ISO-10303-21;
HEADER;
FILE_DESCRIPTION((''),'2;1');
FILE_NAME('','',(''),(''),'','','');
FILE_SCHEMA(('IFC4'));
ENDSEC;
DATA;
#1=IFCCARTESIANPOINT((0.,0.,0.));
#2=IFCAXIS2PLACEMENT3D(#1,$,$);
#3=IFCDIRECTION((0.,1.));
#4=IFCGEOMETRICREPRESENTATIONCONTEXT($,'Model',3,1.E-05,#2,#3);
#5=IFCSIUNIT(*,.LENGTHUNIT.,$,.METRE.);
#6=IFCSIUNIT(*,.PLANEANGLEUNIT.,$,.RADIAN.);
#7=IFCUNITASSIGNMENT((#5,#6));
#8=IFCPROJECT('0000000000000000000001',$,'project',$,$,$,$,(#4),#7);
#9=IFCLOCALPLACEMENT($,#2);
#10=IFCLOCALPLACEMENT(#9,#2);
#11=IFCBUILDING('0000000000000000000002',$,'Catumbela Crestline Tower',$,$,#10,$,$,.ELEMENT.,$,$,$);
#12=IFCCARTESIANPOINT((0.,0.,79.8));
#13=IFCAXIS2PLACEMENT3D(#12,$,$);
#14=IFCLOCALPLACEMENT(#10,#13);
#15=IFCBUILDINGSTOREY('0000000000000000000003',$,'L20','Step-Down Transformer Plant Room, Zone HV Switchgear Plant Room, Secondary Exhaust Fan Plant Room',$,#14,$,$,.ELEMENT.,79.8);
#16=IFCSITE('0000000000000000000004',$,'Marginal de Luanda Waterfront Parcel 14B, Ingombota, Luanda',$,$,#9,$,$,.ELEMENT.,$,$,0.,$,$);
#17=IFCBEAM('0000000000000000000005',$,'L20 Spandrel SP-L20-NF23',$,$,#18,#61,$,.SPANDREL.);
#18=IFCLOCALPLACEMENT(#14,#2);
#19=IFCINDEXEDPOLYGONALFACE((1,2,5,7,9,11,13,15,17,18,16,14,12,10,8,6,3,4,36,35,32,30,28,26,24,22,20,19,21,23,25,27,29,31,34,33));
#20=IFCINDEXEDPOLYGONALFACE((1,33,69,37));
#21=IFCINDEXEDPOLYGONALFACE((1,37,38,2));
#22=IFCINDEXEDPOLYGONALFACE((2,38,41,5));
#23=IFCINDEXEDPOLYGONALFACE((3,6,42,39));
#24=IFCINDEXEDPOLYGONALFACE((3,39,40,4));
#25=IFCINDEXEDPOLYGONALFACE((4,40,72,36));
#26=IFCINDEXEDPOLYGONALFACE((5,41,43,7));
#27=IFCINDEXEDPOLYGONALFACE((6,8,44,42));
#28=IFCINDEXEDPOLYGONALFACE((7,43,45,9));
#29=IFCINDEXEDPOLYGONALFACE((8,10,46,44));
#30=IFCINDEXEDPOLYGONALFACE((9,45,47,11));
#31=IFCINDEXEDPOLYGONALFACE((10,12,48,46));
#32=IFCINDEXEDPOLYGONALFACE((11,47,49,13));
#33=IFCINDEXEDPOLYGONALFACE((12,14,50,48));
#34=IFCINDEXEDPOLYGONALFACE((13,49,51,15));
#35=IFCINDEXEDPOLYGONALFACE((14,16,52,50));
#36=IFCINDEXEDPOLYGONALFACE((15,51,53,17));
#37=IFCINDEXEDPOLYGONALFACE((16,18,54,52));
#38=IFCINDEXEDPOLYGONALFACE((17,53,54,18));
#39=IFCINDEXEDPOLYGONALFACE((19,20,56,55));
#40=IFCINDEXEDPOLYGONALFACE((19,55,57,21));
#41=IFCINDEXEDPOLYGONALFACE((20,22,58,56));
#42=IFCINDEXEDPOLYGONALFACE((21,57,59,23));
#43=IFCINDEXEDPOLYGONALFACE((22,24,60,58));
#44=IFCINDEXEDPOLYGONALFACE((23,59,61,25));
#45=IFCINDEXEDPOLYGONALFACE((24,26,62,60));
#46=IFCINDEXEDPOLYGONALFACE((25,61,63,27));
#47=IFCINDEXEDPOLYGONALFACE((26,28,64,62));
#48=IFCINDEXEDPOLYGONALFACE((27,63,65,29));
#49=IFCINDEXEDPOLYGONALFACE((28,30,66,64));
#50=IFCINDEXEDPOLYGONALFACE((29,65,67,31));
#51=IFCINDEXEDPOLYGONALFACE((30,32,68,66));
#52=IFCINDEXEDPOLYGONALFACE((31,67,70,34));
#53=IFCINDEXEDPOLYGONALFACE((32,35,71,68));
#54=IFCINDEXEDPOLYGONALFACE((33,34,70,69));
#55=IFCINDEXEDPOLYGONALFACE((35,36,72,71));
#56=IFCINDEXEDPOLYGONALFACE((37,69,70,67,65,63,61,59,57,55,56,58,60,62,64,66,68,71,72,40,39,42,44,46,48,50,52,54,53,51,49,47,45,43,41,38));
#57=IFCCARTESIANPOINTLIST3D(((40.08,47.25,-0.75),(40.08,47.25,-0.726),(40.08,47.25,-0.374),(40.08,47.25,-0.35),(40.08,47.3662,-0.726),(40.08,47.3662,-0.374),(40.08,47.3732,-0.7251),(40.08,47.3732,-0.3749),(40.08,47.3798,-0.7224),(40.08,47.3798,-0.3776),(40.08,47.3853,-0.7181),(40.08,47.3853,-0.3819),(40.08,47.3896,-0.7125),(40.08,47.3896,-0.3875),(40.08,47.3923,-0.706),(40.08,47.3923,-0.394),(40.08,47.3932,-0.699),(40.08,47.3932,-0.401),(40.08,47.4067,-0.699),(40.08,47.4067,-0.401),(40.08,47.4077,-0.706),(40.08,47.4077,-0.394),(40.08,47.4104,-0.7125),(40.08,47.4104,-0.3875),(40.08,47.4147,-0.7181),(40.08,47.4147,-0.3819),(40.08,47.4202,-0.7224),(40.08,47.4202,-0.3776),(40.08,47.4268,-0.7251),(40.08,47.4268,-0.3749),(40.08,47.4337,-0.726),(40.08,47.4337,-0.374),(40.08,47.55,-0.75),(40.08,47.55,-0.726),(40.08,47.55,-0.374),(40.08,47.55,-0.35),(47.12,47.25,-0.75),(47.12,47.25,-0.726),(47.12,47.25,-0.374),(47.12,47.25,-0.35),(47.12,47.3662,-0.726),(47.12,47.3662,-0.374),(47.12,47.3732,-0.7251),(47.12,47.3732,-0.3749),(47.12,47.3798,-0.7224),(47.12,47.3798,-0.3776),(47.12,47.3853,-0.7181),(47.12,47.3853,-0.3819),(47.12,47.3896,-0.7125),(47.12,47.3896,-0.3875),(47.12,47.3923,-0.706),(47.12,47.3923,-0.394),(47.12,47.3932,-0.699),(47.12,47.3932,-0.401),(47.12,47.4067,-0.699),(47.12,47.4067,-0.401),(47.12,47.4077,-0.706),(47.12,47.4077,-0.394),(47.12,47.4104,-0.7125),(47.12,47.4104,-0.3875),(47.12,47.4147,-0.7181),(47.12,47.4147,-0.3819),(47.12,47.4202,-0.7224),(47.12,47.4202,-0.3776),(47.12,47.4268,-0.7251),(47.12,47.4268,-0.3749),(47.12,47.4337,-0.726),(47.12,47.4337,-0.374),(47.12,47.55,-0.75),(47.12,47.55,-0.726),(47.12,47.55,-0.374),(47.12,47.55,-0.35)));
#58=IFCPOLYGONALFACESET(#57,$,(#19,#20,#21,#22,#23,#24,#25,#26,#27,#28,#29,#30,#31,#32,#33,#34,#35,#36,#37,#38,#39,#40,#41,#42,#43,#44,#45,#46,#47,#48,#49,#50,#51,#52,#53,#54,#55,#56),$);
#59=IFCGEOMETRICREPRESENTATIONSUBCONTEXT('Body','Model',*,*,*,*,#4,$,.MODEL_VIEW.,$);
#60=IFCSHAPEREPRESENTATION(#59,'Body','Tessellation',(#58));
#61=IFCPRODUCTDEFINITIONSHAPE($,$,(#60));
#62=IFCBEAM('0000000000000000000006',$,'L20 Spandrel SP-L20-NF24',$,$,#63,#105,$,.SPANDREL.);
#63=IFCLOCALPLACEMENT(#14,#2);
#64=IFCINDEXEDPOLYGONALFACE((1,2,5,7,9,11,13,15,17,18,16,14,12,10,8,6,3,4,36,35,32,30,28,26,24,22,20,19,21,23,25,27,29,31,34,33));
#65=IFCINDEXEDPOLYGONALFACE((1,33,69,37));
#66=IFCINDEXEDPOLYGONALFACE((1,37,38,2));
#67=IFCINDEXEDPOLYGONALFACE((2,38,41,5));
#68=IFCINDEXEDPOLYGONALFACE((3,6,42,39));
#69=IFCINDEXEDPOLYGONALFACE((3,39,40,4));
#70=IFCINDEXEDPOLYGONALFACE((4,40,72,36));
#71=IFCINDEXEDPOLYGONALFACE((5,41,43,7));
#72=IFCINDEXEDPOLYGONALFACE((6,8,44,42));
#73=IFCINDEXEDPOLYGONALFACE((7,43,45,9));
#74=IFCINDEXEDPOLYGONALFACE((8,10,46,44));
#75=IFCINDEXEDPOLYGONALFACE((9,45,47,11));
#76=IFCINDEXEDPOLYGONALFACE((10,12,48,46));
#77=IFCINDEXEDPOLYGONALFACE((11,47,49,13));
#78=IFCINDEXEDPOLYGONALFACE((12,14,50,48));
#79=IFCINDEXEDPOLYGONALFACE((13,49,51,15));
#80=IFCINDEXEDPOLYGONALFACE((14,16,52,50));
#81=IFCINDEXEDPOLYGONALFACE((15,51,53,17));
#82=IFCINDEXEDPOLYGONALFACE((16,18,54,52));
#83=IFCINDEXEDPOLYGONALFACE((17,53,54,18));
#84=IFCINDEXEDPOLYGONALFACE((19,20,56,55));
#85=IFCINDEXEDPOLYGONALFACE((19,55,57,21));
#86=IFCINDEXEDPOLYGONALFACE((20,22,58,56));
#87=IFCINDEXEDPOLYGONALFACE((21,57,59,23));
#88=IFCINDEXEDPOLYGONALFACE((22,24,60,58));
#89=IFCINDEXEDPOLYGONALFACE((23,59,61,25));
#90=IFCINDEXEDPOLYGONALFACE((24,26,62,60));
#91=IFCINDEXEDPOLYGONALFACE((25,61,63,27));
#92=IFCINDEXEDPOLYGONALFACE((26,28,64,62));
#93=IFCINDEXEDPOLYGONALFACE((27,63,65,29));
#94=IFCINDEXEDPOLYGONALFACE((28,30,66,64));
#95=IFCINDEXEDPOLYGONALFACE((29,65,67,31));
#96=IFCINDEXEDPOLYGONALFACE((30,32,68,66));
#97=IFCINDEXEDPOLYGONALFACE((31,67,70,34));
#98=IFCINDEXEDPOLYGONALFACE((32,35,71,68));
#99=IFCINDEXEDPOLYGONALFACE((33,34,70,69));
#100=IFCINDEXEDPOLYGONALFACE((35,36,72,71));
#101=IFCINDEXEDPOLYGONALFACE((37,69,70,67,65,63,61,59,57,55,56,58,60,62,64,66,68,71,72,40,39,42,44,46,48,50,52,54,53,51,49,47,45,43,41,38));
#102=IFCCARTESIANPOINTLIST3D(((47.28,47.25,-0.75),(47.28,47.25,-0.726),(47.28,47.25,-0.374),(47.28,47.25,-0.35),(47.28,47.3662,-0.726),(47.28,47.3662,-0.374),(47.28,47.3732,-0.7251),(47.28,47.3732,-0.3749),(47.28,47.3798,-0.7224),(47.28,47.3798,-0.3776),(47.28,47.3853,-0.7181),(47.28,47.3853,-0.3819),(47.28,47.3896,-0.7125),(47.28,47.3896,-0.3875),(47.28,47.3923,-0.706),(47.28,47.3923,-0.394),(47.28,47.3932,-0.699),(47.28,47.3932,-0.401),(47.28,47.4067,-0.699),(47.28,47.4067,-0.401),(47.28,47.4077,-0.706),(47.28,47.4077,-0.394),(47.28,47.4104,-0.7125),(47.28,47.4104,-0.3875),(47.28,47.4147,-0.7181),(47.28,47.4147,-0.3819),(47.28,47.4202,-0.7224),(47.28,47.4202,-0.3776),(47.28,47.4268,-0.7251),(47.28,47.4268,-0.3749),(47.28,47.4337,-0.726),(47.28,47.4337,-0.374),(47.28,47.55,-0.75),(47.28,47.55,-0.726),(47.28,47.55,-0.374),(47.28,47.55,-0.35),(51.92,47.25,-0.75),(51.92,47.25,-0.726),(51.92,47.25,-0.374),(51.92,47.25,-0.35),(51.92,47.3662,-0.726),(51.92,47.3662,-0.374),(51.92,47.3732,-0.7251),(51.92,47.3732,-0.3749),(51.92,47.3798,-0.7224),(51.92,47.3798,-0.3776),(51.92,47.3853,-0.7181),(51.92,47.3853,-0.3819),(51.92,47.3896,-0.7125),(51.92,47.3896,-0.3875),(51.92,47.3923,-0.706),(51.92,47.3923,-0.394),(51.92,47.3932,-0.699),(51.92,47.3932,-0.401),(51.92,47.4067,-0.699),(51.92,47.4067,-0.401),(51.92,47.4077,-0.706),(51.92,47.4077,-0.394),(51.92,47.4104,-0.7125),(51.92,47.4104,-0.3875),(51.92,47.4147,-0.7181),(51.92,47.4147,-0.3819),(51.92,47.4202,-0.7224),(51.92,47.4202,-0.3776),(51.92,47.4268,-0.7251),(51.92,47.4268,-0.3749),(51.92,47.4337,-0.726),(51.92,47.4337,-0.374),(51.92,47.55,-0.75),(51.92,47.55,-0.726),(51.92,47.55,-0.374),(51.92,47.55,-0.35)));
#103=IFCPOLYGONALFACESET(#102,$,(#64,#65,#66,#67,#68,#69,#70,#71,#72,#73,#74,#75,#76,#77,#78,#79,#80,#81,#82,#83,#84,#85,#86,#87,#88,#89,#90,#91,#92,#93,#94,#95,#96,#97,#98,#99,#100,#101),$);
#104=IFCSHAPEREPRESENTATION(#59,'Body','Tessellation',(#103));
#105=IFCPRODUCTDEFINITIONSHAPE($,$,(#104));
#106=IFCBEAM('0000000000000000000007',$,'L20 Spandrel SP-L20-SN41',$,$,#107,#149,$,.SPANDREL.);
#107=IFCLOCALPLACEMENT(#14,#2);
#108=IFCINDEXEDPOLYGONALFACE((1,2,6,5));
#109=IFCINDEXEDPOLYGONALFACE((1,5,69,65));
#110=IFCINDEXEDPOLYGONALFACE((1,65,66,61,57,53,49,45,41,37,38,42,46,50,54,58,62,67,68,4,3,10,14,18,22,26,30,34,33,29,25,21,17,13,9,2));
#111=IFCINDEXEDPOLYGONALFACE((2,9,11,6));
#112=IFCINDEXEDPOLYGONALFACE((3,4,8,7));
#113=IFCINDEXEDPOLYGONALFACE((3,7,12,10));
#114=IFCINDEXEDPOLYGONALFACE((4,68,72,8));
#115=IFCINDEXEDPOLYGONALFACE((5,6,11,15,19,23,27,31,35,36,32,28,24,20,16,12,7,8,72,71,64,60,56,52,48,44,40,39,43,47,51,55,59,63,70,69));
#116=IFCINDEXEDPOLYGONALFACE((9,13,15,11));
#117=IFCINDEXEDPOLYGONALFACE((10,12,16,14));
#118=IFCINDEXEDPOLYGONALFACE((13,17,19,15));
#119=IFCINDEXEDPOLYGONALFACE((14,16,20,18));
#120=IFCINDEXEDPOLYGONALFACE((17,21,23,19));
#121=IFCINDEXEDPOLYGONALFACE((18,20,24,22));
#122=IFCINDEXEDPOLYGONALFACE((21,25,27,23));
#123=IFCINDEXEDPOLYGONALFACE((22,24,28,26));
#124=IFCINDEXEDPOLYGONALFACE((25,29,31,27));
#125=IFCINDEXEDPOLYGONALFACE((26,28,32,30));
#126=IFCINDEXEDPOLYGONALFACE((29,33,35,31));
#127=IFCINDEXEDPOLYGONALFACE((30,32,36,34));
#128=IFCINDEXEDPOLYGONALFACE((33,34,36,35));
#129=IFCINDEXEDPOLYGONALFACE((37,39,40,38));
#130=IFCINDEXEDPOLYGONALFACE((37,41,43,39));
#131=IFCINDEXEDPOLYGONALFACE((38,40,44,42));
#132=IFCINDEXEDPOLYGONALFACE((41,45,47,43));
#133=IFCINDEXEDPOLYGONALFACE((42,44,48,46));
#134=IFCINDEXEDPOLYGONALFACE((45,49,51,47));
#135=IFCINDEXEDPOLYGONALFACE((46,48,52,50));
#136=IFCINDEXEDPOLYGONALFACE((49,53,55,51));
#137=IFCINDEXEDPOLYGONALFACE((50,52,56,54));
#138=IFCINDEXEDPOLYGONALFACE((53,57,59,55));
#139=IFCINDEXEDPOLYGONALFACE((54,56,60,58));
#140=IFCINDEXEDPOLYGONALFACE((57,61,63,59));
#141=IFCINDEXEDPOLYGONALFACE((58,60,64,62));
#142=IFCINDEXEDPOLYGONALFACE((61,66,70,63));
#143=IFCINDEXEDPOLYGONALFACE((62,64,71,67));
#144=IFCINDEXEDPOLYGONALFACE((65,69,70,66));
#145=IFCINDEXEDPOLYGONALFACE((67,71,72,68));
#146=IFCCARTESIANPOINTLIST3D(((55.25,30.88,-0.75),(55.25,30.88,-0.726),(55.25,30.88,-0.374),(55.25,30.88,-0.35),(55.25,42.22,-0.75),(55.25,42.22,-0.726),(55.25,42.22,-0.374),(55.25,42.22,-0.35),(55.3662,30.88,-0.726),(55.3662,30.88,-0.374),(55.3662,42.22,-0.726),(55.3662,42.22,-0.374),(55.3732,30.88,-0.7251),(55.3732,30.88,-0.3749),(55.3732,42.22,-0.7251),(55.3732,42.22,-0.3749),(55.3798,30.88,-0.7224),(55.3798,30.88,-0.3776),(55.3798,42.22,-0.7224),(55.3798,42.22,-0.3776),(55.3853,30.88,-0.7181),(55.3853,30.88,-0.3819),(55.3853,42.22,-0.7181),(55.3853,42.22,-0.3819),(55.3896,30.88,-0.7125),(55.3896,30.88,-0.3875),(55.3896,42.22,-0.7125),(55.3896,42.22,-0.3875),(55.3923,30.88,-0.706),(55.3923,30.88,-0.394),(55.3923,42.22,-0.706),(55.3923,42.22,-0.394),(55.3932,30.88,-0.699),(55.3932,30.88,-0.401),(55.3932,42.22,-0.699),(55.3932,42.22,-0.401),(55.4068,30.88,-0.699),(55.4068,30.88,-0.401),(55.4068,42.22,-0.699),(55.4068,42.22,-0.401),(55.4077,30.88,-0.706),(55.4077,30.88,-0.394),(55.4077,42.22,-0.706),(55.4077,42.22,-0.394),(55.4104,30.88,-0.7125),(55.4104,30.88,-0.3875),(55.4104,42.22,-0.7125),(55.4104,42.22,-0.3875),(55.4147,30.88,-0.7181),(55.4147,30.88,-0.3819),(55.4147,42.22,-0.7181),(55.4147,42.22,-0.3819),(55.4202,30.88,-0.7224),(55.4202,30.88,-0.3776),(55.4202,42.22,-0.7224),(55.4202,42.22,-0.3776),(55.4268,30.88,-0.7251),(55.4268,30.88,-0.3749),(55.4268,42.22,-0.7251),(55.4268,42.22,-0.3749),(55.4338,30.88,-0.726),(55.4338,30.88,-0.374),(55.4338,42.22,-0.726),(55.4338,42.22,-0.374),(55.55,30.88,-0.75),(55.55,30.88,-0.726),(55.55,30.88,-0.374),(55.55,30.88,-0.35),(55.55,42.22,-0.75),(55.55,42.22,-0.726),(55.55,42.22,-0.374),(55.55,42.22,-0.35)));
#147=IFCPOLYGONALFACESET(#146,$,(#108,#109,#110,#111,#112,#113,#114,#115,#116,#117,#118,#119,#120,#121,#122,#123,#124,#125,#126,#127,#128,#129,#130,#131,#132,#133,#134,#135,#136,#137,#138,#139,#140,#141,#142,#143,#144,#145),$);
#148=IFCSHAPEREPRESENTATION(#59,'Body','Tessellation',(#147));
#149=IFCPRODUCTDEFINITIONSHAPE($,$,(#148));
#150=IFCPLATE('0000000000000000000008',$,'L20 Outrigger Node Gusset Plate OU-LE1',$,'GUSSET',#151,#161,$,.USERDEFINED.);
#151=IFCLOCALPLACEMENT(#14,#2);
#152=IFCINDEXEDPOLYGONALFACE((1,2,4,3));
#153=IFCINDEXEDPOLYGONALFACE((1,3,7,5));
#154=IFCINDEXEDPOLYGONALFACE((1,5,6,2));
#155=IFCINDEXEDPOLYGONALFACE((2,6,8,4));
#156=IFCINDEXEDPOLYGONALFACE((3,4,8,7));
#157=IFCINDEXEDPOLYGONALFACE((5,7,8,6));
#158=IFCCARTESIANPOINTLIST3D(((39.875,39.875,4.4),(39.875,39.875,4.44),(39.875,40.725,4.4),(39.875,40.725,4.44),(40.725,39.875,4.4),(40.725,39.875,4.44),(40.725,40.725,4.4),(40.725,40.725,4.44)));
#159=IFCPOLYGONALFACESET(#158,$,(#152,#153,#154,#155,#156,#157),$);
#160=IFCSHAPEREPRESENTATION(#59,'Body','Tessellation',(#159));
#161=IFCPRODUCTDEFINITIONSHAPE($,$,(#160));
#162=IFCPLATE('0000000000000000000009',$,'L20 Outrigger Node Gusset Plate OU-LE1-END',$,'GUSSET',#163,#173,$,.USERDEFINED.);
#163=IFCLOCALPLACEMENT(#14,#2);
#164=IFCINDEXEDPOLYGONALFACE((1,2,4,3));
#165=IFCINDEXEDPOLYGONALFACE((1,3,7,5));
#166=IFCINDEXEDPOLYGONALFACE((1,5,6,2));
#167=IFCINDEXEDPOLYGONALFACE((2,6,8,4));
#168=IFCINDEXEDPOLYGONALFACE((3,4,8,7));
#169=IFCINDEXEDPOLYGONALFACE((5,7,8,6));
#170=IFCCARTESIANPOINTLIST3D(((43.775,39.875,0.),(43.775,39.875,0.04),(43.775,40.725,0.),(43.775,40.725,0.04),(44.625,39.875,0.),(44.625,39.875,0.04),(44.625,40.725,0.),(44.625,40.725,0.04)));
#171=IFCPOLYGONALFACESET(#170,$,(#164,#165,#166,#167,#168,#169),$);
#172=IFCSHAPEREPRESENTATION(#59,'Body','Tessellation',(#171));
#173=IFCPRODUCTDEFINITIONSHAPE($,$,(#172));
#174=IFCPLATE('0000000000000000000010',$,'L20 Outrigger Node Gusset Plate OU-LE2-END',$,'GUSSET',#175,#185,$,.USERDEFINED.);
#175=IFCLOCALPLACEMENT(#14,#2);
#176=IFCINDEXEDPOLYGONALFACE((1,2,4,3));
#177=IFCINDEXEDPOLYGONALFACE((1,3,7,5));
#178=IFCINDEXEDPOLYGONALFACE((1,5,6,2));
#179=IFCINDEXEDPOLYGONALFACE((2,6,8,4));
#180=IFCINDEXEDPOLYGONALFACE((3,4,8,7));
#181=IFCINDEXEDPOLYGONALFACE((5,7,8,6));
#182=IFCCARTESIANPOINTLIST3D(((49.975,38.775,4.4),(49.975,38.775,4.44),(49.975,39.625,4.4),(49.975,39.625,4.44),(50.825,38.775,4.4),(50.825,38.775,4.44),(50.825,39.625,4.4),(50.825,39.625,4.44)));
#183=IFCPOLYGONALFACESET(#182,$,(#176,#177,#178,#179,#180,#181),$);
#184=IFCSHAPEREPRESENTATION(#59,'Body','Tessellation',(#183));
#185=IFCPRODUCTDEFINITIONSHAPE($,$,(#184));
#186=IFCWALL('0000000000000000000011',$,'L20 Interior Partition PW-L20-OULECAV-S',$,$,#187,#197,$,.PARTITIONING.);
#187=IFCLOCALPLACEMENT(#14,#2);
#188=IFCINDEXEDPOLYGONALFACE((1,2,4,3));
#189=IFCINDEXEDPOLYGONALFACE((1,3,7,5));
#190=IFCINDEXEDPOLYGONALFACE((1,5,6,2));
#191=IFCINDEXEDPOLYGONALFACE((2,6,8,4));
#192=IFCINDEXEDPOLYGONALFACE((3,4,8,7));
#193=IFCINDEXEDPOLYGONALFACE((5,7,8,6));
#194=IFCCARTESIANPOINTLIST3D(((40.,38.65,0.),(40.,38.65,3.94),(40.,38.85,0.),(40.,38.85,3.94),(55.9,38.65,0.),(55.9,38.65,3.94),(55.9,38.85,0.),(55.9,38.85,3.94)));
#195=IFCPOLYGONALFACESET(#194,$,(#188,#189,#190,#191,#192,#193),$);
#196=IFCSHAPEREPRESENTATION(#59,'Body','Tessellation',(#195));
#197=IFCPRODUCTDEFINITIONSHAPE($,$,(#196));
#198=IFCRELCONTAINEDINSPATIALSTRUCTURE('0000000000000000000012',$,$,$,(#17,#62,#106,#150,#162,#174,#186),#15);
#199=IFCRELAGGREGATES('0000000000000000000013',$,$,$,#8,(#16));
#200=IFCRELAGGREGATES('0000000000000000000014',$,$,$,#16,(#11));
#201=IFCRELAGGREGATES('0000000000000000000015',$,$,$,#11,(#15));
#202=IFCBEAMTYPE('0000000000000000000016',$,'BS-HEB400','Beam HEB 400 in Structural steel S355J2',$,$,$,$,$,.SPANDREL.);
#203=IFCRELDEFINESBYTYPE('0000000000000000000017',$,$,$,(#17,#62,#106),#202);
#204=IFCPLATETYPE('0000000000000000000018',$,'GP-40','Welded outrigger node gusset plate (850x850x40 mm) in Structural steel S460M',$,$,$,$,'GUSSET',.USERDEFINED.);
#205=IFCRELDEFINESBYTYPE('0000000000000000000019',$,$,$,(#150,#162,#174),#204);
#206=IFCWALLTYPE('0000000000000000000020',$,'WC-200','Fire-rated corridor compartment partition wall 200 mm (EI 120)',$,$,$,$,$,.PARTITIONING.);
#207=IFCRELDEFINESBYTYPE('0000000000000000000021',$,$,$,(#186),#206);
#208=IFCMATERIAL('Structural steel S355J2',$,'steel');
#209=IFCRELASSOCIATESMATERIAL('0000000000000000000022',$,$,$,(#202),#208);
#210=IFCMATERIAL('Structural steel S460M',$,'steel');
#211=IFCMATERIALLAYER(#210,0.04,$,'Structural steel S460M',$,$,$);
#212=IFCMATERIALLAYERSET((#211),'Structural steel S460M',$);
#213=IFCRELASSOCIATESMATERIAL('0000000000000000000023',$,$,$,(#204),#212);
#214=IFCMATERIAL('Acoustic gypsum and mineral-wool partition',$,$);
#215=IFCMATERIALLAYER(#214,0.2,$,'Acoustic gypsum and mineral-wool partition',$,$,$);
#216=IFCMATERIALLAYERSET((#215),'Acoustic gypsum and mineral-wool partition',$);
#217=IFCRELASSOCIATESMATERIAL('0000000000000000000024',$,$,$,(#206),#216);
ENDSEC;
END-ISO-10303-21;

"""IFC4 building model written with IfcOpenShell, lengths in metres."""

from ifc_helpers import new_model, si_unit, direction, frame, frame_2d, origin, origin_2d, place, context, subcontext, project, spatial, rectangle, i_section, extrude, material, layer, layer_set, material_profile, profile_set, type_object, element, save


model = new_model("IFC4")

# Units and contexts
model_context = context("Model", 3, precision=1e-05, world=origin(), true_north=direction((0.0, 1.0)))
body_context = subcontext(model_context, "Body", "Model", "MODEL_VIEW")
ifc_project = project(units=[si_unit("LENGTHUNIT", "METRE"), si_unit("PLANEANGLEUNIT", "RADIAN")], contexts=[model_context])

# Site, building, storey
site_placement = place(None, origin())
site = spatial("IfcSite", under=ifc_project, at=site_placement, Name="Marginal de Luanda Waterfront Parcel 14B, Ingombota, Luanda", CompositionType="ELEMENT", RefElevation=0.0)
building_placement = place(site_placement, origin())
building = spatial("IfcBuilding", under=site, at=building_placement, Name="Catumbela Crestline Tower", CompositionType="ELEMENT")
storey_placement = place(building_placement, frame((0.0, 0.0, 79.8)))
storey = spatial("IfcBuildingStorey", under=building, at=storey_placement, Name="L20", Description="Step-Down Transformer Plant Room, Zone HV Switchgear Plant Room, Secondary Exhaust Fan Plant Room", CompositionType="ELEMENT", Elevation=79.8)

# Shared definitions
ifc_material_1 = material(Name="Structural steel S460M", Category="steel")

# Shared definitions
ifc_material_2 = material(Name="Structural steel S355J2", Category="steel")

# Beams
ifc_material_profile_1 = material_profile(ifc_material_2, i_section(OverallWidth=0.3, OverallDepth=0.4, WebThickness=0.0135, FlangeThickness=0.024, FilletRadius=0.027, at=origin_2d()), Name="HEB 400")
ifc_profile_set_1 = profile_set([ifc_material_profile_1], Name="Structural steel S355J2")
beam_type_1 = type_object("IfcBeamType", Name="BS-HEB400", Description="Beam HEB 400 in Structural steel S355J2", PredefinedType="SPANDREL", material=ifc_profile_set_1)
beam_1_placement = place(storey_placement, frame((40.08, 47.4, -0.55), z_axis=(1.0, 0.0, 0.0), x_axis=(0.0, 1.0, 0.0)))
element("IfcBeam", 1, at=beam_1_placement, inside=storey, type_object=beam_type_1, Name="L20 Spandrel SP-L20-NF23", PredefinedType="SPANDREL", context=body_context, shape_type="SweptSolid", body=[
    extrude(i_section(OverallWidth=0.3, OverallDepth=0.4, WebThickness=0.0135, FlangeThickness=0.024, FilletRadius=0.027, at=origin_2d()), origin(), (0.0, 0.0, 1.0), 7.04),
])
beam_2_placement = place(storey_placement, frame((47.28, 47.4, -0.55), z_axis=(1.0, 0.0, 0.0), x_axis=(0.0, 1.0, 0.0)))
element("IfcBeam", 2, at=beam_2_placement, inside=storey, type_object=beam_type_1, Name="L20 Spandrel SP-L20-NF24", PredefinedType="SPANDREL", context=body_context, shape_type="SweptSolid", body=[
    extrude(i_section(OverallWidth=0.3, OverallDepth=0.4, WebThickness=0.0135, FlangeThickness=0.024, FilletRadius=0.027, at=origin_2d()), origin(), (0.0, 0.0, 1.0), 4.64),
])
beam_3_placement = place(storey_placement, frame((55.4, 30.88, -0.55), z_axis=(0.0, 1.0, 0.0), x_axis=(-1.0, 0.0, 0.0)))
element("IfcBeam", 3, at=beam_3_placement, inside=storey, type_object=beam_type_1, Name="L20 Spandrel SP-L20-SN41", PredefinedType="SPANDREL", context=body_context, shape_type="SweptSolid", body=[
    extrude(i_section(OverallWidth=0.3, OverallDepth=0.4, WebThickness=0.0135, FlangeThickness=0.024, FilletRadius=0.027, at=origin_2d()), origin(), (0.0, 0.0, 1.0), 11.34),
])

# Plates
ifc_layer_1 = layer(ifc_material_1, 0.04, Name="Structural steel S460M")
ifc_layer_set_1 = layer_set([ifc_layer_1], Name="Structural steel S460M")
plate_type = type_object("IfcPlateType", Name="GP-40", Description="Welded outrigger node gusset plate (850x850x40 mm) in Structural steel S460M", ElementType="GUSSET", PredefinedType="USERDEFINED", material=ifc_layer_set_1)
for number, where, z_axis, x_axis, name in (
    (4, (40.3, 40.3, 4.4), (0.0, 0.0, 1.0), (1.0, 0.0, 0.0), "L20 Outrigger Node Gusset Plate OU-LE1"),
    (5, (44.2, 40.3, 0.0), (0.0, 0.0, 1.0), (1.0, 0.0, 0.0), "L20 Outrigger Node Gusset Plate OU-LE1-END"),
    (6, (50.4, 39.2, 4.4), (0.0, 0.0, 1.0), (1.0, 0.0, 0.0), "L20 Outrigger Node Gusset Plate OU-LE2-END"),
):
    element("IfcPlate", number, at=place(storey_placement, frame(where, z_axis=z_axis, x_axis=x_axis)), inside=storey, type_object=plate_type, Name=name, ObjectType="GUSSET", PredefinedType="USERDEFINED", context=body_context, shape_type="SweptSolid", body=[
        extrude(rectangle(XDim=0.85, YDim=0.85, at=origin_2d()), origin(), (0.0, 0.0, 1.0), 0.04),
    ])

# Wall
ifc_material_3 = material(Name="Acoustic gypsum and mineral-wool partition")
ifc_layer_2 = layer(ifc_material_3, 0.2, Name="Acoustic gypsum and mineral-wool partition")
ifc_layer_set_2 = layer_set([ifc_layer_2], Name="Acoustic gypsum and mineral-wool partition")
wall_type_1 = type_object("IfcWallType", Name="WC-200", Description="Fire-rated corridor compartment partition wall 200 mm (EI 120)", PredefinedType="PARTITIONING", material=ifc_layer_set_2)
wall_1_placement = place(storey_placement, frame((40.0, 38.75, 0.0), z_axis=(0.0, 0.0, 1.0), x_axis=(1.0, 0.0, 0.0)))
element("IfcWall", 7, at=wall_1_placement, inside=storey, type_object=wall_type_1, Name="L20 Interior Partition PW-L20-OULECAV-S", PredefinedType="PARTITIONING", context=body_context, shape_type="SweptSolid", body=[
    extrude(rectangle(XDim=15.9, YDim=0.2, at=frame_2d((7.95, 0.0))), origin(), (0.0, 0.0, 1.0), 3.94),
])

save(model, "model.ifc")
